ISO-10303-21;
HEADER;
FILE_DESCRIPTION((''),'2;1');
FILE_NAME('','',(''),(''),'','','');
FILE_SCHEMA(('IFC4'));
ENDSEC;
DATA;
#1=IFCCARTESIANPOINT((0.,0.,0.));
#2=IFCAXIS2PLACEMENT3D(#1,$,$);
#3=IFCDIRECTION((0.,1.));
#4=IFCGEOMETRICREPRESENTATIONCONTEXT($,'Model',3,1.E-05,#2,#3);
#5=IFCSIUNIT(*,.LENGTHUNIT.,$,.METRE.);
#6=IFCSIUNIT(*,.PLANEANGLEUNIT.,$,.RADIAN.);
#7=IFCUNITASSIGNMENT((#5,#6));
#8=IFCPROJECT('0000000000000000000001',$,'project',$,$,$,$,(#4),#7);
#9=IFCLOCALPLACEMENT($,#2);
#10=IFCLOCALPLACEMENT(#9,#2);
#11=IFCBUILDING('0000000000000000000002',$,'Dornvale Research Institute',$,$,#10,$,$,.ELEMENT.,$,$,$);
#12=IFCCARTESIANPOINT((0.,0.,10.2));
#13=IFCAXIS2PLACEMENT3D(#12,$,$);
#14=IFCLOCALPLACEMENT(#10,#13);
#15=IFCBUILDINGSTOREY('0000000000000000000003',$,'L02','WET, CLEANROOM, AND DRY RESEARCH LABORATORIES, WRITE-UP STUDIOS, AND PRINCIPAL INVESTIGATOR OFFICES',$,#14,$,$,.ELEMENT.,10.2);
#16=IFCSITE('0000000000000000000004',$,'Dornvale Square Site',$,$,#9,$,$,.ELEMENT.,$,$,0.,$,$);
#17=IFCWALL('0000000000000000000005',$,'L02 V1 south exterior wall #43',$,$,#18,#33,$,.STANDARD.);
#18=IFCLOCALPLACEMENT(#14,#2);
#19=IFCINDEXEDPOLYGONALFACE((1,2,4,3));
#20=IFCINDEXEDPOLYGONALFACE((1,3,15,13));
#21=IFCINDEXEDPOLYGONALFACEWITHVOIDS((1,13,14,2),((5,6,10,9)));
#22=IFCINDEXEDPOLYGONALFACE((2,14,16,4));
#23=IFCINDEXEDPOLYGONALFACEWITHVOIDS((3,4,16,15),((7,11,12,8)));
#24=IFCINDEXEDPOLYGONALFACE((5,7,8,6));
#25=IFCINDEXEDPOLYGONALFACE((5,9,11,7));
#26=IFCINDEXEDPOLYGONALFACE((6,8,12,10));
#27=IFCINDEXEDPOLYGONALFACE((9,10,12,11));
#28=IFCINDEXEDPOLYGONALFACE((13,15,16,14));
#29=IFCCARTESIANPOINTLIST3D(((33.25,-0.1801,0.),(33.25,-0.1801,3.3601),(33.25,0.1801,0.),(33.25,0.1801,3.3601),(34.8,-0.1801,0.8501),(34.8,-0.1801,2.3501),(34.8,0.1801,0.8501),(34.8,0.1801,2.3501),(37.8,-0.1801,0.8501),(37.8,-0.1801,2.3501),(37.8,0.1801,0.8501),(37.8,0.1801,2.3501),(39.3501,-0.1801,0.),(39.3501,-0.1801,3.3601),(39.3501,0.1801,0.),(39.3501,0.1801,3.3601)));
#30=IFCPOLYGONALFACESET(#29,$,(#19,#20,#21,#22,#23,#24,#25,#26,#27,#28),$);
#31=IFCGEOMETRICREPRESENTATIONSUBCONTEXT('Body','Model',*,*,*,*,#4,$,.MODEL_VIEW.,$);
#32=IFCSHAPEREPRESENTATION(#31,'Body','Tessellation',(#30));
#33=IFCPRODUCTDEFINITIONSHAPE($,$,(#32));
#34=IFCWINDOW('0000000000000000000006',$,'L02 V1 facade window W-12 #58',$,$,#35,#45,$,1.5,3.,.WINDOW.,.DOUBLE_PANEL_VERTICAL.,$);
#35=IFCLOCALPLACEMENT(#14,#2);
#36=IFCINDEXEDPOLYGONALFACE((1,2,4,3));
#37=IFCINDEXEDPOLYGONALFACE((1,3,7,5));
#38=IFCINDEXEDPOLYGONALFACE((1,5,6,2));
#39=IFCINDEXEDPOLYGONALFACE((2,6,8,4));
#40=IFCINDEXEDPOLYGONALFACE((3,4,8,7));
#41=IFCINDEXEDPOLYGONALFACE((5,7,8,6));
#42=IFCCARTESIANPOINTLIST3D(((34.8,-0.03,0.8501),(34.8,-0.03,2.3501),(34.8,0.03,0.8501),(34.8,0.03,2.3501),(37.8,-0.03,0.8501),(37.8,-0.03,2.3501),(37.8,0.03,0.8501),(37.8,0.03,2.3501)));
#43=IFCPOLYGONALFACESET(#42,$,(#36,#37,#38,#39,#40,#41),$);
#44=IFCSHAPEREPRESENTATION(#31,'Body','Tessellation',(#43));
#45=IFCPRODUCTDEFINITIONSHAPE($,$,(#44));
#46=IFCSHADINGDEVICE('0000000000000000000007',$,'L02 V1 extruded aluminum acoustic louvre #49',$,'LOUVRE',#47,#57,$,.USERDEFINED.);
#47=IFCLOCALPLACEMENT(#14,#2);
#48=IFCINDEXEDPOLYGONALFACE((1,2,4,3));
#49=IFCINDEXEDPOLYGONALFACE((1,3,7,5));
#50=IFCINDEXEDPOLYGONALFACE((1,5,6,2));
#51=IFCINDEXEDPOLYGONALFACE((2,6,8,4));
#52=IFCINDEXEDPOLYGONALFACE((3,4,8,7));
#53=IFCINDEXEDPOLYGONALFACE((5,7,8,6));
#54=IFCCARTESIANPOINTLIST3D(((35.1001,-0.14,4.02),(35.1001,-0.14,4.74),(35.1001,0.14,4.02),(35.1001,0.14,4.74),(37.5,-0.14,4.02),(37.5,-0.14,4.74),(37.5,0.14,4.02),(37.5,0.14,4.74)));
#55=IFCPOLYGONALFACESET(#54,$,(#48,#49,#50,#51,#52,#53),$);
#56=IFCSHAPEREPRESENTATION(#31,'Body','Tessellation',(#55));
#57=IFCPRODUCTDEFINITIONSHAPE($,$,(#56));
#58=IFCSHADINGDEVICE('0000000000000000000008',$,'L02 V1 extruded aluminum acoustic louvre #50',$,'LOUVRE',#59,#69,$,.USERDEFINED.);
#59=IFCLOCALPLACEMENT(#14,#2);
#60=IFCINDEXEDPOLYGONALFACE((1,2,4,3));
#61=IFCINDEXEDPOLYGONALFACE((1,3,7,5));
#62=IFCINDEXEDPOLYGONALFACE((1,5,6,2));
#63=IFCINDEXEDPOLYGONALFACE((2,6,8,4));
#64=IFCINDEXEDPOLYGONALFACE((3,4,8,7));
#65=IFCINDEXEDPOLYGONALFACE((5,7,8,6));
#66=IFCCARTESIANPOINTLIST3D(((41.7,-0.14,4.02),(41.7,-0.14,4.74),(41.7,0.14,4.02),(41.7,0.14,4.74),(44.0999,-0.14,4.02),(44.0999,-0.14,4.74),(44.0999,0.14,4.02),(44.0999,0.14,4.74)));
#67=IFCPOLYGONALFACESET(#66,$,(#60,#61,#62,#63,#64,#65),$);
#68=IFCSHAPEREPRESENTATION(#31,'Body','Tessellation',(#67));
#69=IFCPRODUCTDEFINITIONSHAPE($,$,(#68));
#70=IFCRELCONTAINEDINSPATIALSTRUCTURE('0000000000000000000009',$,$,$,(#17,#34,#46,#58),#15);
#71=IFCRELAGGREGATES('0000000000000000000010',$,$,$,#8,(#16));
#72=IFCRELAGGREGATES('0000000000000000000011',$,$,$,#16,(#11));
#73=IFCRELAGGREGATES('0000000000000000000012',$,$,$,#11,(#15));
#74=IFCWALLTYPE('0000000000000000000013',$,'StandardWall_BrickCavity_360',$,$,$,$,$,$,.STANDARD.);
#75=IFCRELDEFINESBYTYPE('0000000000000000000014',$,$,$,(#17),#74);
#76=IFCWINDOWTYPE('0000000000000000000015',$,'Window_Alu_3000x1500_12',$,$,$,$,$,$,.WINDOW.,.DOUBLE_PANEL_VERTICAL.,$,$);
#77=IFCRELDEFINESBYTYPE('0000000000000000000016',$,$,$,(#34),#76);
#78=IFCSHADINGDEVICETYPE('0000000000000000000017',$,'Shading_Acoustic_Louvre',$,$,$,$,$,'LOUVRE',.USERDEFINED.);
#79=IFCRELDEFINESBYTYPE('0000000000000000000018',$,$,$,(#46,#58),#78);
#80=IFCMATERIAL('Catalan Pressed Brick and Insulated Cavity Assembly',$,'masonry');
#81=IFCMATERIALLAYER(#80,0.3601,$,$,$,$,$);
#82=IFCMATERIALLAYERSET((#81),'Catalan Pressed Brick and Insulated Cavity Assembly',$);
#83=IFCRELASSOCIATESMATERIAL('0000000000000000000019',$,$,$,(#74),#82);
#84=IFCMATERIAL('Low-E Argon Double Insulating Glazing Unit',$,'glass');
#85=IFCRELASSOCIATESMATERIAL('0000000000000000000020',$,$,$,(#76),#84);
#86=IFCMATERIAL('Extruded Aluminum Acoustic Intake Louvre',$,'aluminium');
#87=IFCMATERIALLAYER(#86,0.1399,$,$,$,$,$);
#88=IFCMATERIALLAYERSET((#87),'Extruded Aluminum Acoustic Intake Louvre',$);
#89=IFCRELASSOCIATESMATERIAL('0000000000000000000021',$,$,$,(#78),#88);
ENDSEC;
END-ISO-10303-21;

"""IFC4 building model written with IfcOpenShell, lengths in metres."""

from ifc_helpers import new_model, si_unit, direction, frame, frame_2d, origin, origin_2d, place, context, subcontext, project, spatial, rectangle, extrude, material, layer, layer_set, type_object, element, fill, save


model = new_model("IFC4")

# Units and contexts
model_context = context("Model", 3, precision=1e-05, world=origin(), true_north=direction((0.0, 1.0)))
body_context = subcontext(model_context, "Body", "Model", "MODEL_VIEW")
ifc_project = project(units=[si_unit("LENGTHUNIT", "METRE"), si_unit("PLANEANGLEUNIT", "RADIAN")], contexts=[model_context])

# Site, building, storey
site_placement = place(None, origin())
site = spatial("IfcSite", under=ifc_project, at=site_placement, Name="Dornvale Square Site", CompositionType="ELEMENT", RefElevation=0.0)
building_placement = place(site_placement, origin())
building = spatial("IfcBuilding", under=site, at=building_placement, Name="Dornvale Research Institute", CompositionType="ELEMENT")
storey_placement = place(building_placement, frame((0.0, 0.0, 10.2)))
storey = spatial("IfcBuildingStorey", under=building, at=storey_placement, Name="L02", Description="WET, CLEANROOM, AND DRY RESEARCH LABORATORIES, WRITE-UP STUDIOS, AND PRINCIPAL INVESTIGATOR OFFICES", CompositionType="ELEMENT", Elevation=10.2)

# Wall, opening, window
ifc_material_1 = material(Name="Catalan Pressed Brick and Insulated Cavity Assembly", Category="masonry")
ifc_layer_1 = layer(ifc_material_1, 0.3601)
ifc_layer_set_1 = layer_set([ifc_layer_1], Name="Catalan Pressed Brick and Insulated Cavity Assembly")
wall_type_1 = type_object("IfcWallType", Name="StandardWall_BrickCavity_360", PredefinedType="STANDARD", material=ifc_layer_set_1)
ifc_material_2 = material(Name="Low-E Argon Double Insulating Glazing Unit", Category="glass")
window_type = type_object("IfcWindowType", Name="Window_Alu_3000x1500_12", PartitioningType="DOUBLE_PANEL_VERTICAL", PredefinedType="WINDOW", material=ifc_material_2)
wall_1_placement = place(storey_placement, frame((39.3501, 0.0, 0.0), z_axis=(0.0, 0.0, 1.0), x_axis=(-1.0, 0.0, 0.0)))
wall_1 = element("IfcWall", 1, at=wall_1_placement, inside=storey, type_object=wall_type_1, Name="L02 V1 south exterior wall #43", PredefinedType="STANDARD", context=body_context, shape_type="SweptSolid", body=[
    extrude(rectangle(XDim=6.1001, YDim=0.3601, at=frame_2d((3.05, 0.0))), origin(), (0.0, 0.0, 1.0), 3.3601),
])
opening_1_placement = place(wall_1_placement, frame((1.55, 0.0, 0.8501)))
opening_1 = element("IfcOpeningElement", 2, at=opening_1_placement, cuts=wall_1, PredefinedType="OPENING", context=body_context, shape_type="SweptSolid", body=[
    extrude(rectangle(XDim=3.0, YDim=1.5, at=frame_2d((1.5, 0.75))), frame((0.0, 0.1951, 0.0), z_axis=(0.0, -1.0, 0.0), x_axis=(1.0, 0.0, 0.0)), (0.0, 0.0, 1.0), 0.3901),
])
window_1_placement = place(opening_1_placement, origin())
window_1 = element("IfcWindow", 3, at=window_1_placement, inside=storey, type_object=window_type, Name="L02 V1 facade window W-12 #58", OverallHeight=1.5, OverallWidth=3.0, PartitioningType="DOUBLE_PANEL_VERTICAL", PredefinedType="WINDOW", context=body_context, shape_type="SweptSolid", body=[
    extrude(rectangle(XDim=3.0, YDim=1.5, at=frame_2d((1.5, 0.75))), frame((0.0, 0.03, 0.0), z_axis=(0.0, -1.0, 0.0), x_axis=(1.0, 0.0, 0.0)), (0.0, 0.0, 1.0), 0.0601),
])
fill(opening_1, window_1)

# Shading devices
ifc_material_3 = material(Name="Extruded Aluminum Acoustic Intake Louvre", Category="aluminium")
ifc_layer_2 = layer(ifc_material_3, 0.1399)
ifc_layer_set_2 = layer_set([ifc_layer_2], Name="Extruded Aluminum Acoustic Intake Louvre")
shading_device_type = type_object("IfcShadingDeviceType", Name="Shading_Acoustic_Louvre", ElementType="LOUVRE", PredefinedType="USERDEFINED", material=ifc_layer_set_2)
for number, where, z_axis, x_axis, name in (
    (4, (36.3, 0.0, 4.02), (0.0, 0.0, 1.0), (1.0, 0.0, 0.0), "L02 V1 extruded aluminum acoustic louvre #49"),
    (5, (42.8999, 0.0, 4.02), (0.0, 0.0, 1.0), (1.0, 0.0, 0.0), "L02 V1 extruded aluminum acoustic louvre #50"),
):
    element("IfcShadingDevice", number, at=place(storey_placement, frame(where, z_axis=z_axis, x_axis=x_axis)), inside=storey, type_object=shading_device_type, Name=name, ObjectType="LOUVRE", PredefinedType="USERDEFINED", context=body_context, shape_type="SweptSolid", body=[
        extrude(rectangle(XDim=2.3999, YDim=0.28, at=origin_2d()), origin(), (0.0, 0.0, 1.0), 0.72),
    ])

save(model, "model.ifc")
